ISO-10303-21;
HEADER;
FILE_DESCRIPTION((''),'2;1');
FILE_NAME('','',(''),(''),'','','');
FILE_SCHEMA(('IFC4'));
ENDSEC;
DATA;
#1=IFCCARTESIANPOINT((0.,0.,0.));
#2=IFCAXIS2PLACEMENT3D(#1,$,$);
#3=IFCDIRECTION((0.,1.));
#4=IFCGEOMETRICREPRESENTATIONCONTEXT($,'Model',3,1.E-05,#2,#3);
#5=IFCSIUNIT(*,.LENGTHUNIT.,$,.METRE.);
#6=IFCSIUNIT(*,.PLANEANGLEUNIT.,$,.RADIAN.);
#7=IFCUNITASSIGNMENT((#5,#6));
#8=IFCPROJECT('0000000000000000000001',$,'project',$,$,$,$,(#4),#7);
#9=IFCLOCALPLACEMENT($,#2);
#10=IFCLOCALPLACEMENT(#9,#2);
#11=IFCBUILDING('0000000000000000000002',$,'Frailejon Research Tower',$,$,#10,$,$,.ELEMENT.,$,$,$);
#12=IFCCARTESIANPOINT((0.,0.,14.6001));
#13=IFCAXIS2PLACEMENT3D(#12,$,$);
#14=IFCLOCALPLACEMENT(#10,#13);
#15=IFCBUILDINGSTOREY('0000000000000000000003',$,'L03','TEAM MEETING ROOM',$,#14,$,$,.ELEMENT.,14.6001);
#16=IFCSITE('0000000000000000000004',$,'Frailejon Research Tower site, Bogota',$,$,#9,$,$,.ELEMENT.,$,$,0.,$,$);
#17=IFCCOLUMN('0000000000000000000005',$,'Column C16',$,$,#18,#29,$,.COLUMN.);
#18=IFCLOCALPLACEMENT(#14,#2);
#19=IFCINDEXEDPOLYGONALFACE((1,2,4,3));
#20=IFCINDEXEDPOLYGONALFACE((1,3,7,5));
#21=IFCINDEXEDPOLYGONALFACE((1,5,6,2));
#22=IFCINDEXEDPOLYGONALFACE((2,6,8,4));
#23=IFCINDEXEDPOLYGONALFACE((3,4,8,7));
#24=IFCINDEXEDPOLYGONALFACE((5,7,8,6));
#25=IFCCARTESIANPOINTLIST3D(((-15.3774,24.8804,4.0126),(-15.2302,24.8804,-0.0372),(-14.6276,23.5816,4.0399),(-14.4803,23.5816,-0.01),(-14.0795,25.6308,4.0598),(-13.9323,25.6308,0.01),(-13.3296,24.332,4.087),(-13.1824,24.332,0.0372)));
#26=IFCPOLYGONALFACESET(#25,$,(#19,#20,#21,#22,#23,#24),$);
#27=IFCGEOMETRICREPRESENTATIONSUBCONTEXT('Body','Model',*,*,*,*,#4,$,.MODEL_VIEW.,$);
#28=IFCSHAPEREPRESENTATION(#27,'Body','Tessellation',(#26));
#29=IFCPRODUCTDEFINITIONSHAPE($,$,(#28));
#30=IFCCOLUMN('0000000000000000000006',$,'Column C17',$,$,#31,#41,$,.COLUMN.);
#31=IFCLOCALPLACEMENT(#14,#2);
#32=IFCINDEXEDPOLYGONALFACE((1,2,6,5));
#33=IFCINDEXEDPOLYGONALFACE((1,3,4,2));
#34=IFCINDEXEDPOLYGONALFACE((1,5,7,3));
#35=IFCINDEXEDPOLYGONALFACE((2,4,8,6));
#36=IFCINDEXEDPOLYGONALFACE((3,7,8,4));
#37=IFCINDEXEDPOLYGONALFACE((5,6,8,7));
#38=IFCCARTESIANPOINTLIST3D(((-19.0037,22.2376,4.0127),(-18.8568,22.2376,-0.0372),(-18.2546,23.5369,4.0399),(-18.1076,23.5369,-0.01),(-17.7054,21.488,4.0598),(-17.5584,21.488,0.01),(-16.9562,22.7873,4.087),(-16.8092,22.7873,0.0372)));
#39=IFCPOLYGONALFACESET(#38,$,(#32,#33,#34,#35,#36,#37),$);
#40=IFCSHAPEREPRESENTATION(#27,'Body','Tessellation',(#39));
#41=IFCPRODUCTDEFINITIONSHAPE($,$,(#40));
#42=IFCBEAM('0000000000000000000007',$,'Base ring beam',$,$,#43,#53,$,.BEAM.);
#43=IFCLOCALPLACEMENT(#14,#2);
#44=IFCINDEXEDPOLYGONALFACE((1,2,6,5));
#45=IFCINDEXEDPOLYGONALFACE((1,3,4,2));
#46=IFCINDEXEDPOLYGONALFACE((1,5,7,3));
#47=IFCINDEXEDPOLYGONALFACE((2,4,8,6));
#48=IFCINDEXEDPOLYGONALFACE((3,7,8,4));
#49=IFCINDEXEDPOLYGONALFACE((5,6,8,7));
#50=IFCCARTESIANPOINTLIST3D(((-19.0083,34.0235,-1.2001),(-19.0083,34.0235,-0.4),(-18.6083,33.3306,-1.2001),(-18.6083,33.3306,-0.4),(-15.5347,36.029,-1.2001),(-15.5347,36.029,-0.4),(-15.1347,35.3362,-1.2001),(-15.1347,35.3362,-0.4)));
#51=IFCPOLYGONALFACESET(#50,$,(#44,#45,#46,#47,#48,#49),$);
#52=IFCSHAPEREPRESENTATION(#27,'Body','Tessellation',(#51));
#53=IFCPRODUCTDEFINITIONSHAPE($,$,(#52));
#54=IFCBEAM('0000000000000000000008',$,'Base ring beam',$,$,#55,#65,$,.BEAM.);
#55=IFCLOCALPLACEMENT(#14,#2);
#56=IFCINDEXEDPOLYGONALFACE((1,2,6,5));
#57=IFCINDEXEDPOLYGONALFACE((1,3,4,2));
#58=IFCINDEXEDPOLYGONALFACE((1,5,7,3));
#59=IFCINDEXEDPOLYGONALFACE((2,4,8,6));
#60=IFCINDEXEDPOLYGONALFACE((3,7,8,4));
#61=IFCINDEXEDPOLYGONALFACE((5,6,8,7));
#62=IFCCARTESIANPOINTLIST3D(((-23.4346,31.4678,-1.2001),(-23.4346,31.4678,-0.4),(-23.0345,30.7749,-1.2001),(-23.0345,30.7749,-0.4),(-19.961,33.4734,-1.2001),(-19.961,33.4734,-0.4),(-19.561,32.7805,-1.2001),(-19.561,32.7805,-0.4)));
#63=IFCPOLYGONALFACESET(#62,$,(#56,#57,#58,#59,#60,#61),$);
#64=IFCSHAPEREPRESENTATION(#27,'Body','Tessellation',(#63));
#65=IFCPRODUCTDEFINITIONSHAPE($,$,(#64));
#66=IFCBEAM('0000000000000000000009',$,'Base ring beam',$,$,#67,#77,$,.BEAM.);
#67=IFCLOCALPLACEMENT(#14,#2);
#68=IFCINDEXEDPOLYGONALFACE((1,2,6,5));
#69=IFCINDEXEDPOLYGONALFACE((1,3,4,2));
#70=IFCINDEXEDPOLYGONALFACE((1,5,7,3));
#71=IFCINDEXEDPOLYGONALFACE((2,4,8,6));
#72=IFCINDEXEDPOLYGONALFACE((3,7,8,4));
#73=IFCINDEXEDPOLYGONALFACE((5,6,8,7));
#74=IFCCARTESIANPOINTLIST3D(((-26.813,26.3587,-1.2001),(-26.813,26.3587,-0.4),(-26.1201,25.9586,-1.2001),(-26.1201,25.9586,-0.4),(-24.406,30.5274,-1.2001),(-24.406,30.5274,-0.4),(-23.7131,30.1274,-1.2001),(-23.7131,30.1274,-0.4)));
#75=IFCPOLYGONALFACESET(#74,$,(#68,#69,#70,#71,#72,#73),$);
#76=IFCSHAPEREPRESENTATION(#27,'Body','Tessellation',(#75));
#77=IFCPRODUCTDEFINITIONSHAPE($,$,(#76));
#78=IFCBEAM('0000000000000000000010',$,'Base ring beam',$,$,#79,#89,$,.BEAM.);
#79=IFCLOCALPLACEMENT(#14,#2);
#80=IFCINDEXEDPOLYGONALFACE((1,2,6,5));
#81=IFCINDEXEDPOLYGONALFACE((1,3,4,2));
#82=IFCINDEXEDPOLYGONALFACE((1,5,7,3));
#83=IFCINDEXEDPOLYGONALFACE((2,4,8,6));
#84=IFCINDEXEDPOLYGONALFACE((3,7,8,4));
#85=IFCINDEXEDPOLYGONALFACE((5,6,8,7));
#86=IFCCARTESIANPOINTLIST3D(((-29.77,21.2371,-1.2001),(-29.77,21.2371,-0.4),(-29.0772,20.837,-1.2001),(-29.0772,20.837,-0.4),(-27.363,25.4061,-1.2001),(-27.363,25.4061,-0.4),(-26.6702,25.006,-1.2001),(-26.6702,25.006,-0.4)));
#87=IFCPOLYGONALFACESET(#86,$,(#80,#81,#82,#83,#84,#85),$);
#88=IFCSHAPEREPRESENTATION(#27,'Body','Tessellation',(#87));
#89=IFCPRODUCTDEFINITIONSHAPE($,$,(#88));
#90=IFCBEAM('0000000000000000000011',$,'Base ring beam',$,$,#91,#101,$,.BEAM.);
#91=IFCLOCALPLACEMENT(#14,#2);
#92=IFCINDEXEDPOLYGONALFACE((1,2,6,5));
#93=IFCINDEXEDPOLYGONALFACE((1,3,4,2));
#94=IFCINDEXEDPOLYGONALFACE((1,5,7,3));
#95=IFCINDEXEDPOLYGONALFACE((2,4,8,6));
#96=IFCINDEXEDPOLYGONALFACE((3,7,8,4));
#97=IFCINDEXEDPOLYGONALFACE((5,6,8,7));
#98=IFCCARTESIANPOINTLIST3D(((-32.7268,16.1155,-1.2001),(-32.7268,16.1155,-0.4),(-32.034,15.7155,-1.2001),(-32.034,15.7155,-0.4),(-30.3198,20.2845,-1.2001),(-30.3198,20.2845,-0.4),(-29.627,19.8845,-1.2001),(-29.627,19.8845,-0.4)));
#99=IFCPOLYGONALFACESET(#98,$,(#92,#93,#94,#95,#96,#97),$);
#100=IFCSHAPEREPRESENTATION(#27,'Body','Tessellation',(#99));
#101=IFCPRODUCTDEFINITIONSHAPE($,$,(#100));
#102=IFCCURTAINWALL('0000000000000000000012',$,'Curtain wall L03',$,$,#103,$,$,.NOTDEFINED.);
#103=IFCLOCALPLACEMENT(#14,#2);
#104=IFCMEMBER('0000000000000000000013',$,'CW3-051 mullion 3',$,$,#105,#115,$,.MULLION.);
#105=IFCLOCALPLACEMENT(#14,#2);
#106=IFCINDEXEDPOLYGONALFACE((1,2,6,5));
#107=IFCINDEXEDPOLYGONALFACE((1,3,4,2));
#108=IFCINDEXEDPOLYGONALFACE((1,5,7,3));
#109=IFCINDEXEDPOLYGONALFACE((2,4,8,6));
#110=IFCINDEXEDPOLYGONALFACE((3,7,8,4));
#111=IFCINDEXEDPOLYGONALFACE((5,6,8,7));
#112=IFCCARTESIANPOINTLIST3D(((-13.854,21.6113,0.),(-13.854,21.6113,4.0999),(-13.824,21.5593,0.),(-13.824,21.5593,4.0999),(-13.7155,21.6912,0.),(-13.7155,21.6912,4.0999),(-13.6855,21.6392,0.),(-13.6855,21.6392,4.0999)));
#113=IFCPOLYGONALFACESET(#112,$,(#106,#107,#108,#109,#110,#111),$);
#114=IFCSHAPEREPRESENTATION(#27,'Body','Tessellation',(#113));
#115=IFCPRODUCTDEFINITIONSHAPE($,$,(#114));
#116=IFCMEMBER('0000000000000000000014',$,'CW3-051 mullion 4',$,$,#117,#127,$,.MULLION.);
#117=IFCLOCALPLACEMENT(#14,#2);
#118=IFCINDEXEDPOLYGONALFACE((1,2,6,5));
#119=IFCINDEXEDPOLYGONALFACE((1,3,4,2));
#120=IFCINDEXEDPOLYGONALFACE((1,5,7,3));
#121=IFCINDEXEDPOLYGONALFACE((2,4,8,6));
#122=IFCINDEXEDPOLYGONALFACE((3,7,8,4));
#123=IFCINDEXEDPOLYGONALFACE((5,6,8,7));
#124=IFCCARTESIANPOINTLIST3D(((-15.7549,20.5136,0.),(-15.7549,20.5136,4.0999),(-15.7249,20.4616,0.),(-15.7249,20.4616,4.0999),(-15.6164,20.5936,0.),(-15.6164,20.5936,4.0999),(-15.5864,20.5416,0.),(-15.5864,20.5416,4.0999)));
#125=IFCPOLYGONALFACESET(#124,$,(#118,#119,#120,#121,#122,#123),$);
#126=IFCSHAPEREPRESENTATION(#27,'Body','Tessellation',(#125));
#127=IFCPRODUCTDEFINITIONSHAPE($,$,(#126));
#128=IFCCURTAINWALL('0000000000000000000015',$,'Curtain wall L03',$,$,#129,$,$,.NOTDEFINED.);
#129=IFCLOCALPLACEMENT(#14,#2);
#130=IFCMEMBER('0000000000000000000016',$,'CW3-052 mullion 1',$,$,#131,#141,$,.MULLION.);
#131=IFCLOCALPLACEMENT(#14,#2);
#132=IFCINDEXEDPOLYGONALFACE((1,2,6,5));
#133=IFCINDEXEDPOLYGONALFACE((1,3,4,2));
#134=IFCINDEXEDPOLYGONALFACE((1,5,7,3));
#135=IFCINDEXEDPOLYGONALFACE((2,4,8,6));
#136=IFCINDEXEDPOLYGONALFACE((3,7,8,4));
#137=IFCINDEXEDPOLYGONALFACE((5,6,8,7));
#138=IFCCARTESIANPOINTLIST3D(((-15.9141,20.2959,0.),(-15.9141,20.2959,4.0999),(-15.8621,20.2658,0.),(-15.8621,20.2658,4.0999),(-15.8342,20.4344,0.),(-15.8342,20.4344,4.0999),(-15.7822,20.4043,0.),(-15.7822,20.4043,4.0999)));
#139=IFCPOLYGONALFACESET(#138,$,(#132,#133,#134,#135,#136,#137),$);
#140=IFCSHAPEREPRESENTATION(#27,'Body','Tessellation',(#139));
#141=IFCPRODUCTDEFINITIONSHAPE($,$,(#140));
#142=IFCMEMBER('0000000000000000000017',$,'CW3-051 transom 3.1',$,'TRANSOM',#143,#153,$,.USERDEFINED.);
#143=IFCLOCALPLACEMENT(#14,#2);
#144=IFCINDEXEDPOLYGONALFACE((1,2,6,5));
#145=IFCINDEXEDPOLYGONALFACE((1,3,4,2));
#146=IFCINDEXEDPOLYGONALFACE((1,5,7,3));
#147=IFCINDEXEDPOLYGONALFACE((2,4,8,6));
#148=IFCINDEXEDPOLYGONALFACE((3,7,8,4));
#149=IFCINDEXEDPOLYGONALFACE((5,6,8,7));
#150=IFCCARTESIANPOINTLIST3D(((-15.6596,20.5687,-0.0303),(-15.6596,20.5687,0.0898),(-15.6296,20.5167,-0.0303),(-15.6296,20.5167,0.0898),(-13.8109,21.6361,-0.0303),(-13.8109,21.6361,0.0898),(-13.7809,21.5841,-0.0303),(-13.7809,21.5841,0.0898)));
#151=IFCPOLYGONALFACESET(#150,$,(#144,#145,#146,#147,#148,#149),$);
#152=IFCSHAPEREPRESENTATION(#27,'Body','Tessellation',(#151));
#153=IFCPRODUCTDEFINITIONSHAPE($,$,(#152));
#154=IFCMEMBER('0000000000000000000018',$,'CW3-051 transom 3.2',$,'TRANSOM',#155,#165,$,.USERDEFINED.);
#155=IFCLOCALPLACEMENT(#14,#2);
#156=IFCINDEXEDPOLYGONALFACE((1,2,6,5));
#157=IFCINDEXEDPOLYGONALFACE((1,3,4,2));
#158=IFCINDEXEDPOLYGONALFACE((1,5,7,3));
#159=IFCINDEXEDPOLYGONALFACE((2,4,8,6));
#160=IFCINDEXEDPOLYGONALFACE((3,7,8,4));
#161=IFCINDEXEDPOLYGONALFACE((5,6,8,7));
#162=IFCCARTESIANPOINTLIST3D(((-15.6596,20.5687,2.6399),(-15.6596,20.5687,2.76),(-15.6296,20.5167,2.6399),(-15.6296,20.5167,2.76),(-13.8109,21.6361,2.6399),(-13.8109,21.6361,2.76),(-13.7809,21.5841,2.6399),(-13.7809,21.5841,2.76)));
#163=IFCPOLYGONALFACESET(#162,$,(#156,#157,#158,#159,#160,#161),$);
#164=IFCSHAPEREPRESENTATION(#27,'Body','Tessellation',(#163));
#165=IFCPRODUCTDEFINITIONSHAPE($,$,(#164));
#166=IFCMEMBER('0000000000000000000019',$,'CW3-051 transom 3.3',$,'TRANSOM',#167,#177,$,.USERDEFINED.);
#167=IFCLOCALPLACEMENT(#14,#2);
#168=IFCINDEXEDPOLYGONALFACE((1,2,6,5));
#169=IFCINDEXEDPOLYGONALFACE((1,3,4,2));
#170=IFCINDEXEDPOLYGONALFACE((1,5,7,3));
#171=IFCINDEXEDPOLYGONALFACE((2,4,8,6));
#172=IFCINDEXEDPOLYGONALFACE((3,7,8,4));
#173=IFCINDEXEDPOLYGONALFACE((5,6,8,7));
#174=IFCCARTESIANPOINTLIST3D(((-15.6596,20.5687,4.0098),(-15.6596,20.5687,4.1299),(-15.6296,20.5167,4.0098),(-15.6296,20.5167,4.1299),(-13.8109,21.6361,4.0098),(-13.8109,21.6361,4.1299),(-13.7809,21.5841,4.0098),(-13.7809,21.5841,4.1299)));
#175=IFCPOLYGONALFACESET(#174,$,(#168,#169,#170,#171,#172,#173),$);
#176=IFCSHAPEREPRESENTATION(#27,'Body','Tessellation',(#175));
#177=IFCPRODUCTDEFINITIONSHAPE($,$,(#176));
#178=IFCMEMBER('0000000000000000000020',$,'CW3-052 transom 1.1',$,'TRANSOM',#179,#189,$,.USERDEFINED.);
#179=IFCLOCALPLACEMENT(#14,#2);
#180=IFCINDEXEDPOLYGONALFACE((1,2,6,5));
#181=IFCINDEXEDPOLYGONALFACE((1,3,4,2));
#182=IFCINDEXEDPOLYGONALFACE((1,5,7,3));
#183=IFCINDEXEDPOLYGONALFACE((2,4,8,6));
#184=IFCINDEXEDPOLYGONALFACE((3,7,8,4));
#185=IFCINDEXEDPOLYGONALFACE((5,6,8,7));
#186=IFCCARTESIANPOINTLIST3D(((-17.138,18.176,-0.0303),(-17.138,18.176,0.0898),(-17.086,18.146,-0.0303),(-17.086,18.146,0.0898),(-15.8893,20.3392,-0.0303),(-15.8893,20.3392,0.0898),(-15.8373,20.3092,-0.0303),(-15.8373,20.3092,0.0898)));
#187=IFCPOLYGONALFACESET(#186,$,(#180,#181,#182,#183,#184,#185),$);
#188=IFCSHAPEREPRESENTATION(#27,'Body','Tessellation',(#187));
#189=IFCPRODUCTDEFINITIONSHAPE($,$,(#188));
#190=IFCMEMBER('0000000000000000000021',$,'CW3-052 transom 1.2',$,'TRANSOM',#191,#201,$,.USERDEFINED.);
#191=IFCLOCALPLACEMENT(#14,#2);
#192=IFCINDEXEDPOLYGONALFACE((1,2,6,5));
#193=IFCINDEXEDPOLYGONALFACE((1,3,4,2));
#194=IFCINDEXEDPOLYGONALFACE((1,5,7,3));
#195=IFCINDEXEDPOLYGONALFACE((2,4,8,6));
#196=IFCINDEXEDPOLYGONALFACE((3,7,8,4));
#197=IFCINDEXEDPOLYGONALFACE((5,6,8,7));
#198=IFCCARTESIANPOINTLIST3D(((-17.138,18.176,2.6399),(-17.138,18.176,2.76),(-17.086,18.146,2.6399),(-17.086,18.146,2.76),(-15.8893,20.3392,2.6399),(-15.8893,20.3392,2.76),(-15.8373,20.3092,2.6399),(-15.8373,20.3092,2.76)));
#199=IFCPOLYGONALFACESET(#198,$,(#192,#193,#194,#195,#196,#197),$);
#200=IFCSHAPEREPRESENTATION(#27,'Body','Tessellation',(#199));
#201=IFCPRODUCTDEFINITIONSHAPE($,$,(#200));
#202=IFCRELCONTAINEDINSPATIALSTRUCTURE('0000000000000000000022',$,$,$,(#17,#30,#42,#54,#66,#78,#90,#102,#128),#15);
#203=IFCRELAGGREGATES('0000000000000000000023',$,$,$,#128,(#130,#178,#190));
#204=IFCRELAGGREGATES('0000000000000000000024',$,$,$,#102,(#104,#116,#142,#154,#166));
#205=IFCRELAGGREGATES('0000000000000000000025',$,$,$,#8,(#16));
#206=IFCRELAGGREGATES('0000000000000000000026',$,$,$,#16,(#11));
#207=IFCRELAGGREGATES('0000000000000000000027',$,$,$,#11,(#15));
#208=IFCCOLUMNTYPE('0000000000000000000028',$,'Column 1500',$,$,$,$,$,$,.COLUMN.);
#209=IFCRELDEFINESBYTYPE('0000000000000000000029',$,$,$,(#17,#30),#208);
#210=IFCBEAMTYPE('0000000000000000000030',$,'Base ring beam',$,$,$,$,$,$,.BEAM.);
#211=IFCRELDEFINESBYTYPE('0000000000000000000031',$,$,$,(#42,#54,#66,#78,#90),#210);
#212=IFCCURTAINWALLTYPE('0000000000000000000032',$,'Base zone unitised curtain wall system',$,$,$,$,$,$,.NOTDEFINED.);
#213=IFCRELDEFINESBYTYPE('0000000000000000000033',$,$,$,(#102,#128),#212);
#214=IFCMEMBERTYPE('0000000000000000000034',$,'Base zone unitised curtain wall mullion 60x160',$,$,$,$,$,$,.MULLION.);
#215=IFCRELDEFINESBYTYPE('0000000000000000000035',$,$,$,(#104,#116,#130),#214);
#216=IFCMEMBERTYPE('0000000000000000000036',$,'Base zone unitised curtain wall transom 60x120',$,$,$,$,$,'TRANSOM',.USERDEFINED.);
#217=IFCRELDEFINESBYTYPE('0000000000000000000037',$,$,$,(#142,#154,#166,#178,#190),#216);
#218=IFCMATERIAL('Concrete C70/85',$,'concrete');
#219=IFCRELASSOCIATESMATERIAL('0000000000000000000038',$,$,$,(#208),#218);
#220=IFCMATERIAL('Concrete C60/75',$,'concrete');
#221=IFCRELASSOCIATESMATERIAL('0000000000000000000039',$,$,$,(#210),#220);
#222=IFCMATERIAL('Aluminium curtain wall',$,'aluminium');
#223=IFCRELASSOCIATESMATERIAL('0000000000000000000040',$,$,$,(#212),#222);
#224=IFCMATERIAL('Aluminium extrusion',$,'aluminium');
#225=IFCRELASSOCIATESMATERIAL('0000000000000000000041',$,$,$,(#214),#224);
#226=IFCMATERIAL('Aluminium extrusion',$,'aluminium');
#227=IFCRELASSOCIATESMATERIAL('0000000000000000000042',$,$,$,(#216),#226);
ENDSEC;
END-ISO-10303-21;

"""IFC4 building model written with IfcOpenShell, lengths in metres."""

from ifc_helpers import new_model, si_unit, direction, frame, origin, origin_2d, place, context, subcontext, project, spatial, rectangle, extrude, material, material_profile, profile_set, type_object, element, aggregate, save


model = new_model("IFC4")

# Units and contexts
model_context = context("Model", 3, precision=1e-05, world=origin(), true_north=direction((0.0, 1.0)))
body_context = subcontext(model_context, "Body", "Model", "MODEL_VIEW")
ifc_project = project(units=[si_unit("LENGTHUNIT", "METRE"), si_unit("PLANEANGLEUNIT", "RADIAN")], contexts=[model_context])

# Site, building, storey
site_placement = place(None, origin())
site = spatial("IfcSite", under=ifc_project, at=site_placement, Name="Frailejon Research Tower site, Bogota", CompositionType="ELEMENT", RefElevation=0.0)
building_placement = place(site_placement, origin())
building = spatial("IfcBuilding", under=site, at=building_placement, Name="Frailejon Research Tower", CompositionType="ELEMENT")
storey_placement = place(building_placement, frame((0.0, 0.0, 14.6001)))
storey = spatial("IfcBuildingStorey", under=building, at=storey_placement, Name="L03", Description="TEAM MEETING ROOM", CompositionType="ELEMENT", Elevation=14.6001)

# Columns
ifc_material_1 = material(Name="Concrete C70/85", Category="concrete")
ifc_material_profile_1 = material_profile(ifc_material_1, rectangle(XDim=1.5, YDim=1.5, at=origin_2d()), Name="Column 1500")
ifc_profile_set_1 = profile_set([ifc_material_profile_1], Name="Concrete C70/85")
column_type = type_object("IfcColumnType", Name="Column 1500", PredefinedType="COLUMN", material=ifc_profile_set_1)
for number, where, z_axis, x_axis, name in (
    (1, (-14.2063, 24.6062, 0.0), (-0.036328, 0.0, 0.99934), (-0.865312, -0.500246, -0.031455), "Column C16"),
    (2, (-17.833, 22.5125, 0.0), (-0.036267, 0.0, 0.999342), (-0.499425, -0.866168, -0.018125), "Column C17"),
):
    element("IfcColumn", number, at=place(storey_placement, frame(where, z_axis=z_axis, x_axis=x_axis)), inside=storey, type_object=column_type, Name=name, PredefinedType="COLUMN", context=body_context, shape_type="SweptSolid", body=[
        extrude(rectangle(XDim=1.5, YDim=1.5, at=origin_2d()), origin(), (0.0, 0.0, 1.0), 4.0525),
    ])

# Beams
ifc_material_2 = material(Name="Concrete C60/75", Category="concrete")
ifc_material_profile_2 = material_profile(ifc_material_2, rectangle(XDim=0.8, YDim=0.8, at=origin_2d()), Name="Base ring beam")
ifc_profile_set_2 = profile_set([ifc_material_profile_2], Name="Concrete C60/75")
beam_type_1 = type_object("IfcBeamType", Name="Base ring beam", PredefinedType="BEAM", material=ifc_profile_set_2)
for number, where, z_axis, x_axis, name in (
    (3, (-15.3347, 35.6826, -0.8), (-0.866013, -0.500021, 0.0), (0.500021, -0.866013, 0.0), "Base ring beam"),
    (4, (-19.761, 33.127, -0.8), (-0.866013, -0.500021, 0.0), (0.500021, -0.866013, 0.0), "Base ring beam"),
):
    element("IfcBeam", number, at=place(storey_placement, frame(where, z_axis=z_axis, x_axis=x_axis)), inside=storey, type_object=beam_type_1, Name=name, PredefinedType="BEAM", context=body_context, shape_type="SweptSolid", body=[
        extrude(rectangle(XDim=0.8, YDim=0.8, at=origin_2d()), origin(), (0.0, 0.0, 1.0), 4.011),
    ])
beam_1_placement = place(storey_placement, frame((-24.0596, 30.3274, -0.8), z_axis=(-0.500028, -0.866009, 0.0), x_axis=(0.866009, -0.500028, 0.0)))
element("IfcBeam", 5, at=beam_1_placement, inside=storey, type_object=beam_type_1, Name="Base ring beam", PredefinedType="BEAM", context=body_context, shape_type="SweptSolid", body=[
    extrude(rectangle(XDim=0.8, YDim=0.8, at=origin_2d()), origin(), (0.0, 0.0, 1.0), 4.8137),
])
for number, where, z_axis, x_axis, name in (
    (6, (-27.0166, 25.2061, -0.8), (-0.500006, -0.866022, 0.0), (0.866022, -0.500006, 0.0), "Base ring beam"),
    (7, (-29.9734, 20.0845, -0.8), (-0.500006, -0.866022, 0.0), (0.866022, -0.500006, 0.0), "Base ring beam"),
):
    element("IfcBeam", number, at=place(storey_placement, frame(where, z_axis=z_axis, x_axis=x_axis)), inside=storey, type_object=beam_type_1, Name=name, PredefinedType="BEAM", context=body_context, shape_type="SweptSolid", body=[
        extrude(rectangle(XDim=0.8, YDim=0.8, at=origin_2d()), origin(), (0.0, 0.0, 1.0), 4.814),
    ])

# Curtain wall, members
ifc_material_3 = material(Name="Aluminium curtain wall", Category="aluminium")
curtain_wall_type = type_object("IfcCurtainWallType", Name="Base zone unitised curtain wall system", PredefinedType="NOTDEFINED", material=ifc_material_3)
curtain_wall_1_placement = place(storey_placement, origin())
curtain_wall_1 = element("IfcCurtainWall", 8, at=curtain_wall_1_placement, inside=storey, type_object=curtain_wall_type, Name="Curtain wall L03", PredefinedType="NOTDEFINED")
ifc_material_4 = material(Name="Aluminium extrusion", Category="aluminium")
ifc_material_profile_3 = material_profile(ifc_material_4, rectangle(XDim=0.0601, YDim=0.1599, at=origin_2d()), Name="Base zone unitised curtain wall mullion 60x160")
ifc_profile_set_3 = profile_set([ifc_material_profile_3], Name="Aluminium extrusion")
member_type_1 = type_object("IfcMemberType", Name="Base zone unitised curtain wall mullion 60x160", PredefinedType="MULLION", material=ifc_profile_set_3)
member_1_placement = place(storey_placement, frame((-13.7698, 21.6252, 0.0), z_axis=(0.0, 0.0, 1.0), x_axis=(0.499998, -0.866026, 0.0)))
member_1 = element("IfcMember", 9, at=member_1_placement, type_object=member_type_1, Name="CW3-051 mullion 3", PredefinedType="MULLION", context=body_context, shape_type="SweptSolid", body=[
    extrude(rectangle(XDim=0.0601, YDim=0.1599, at=origin_2d()), origin(), (0.0, 0.0, 1.0), 4.0999),
])
member_2_placement = place(storey_placement, frame((-15.6707, 20.5276, 0.0), z_axis=(0.0, 0.0, 1.0), x_axis=(0.499998, -0.866026, 0.0)))
member_2 = element("IfcMember", 10, at=member_2_placement, type_object=member_type_1, Name="CW3-051 mullion 4", PredefinedType="MULLION", context=body_context, shape_type="SweptSolid", body=[
    extrude(rectangle(XDim=0.0601, YDim=0.1599, at=origin_2d()), origin(), (0.0, 0.0, 1.0), 4.0999),
])

# Curtain wall, member
curtain_wall_2_placement = place(storey_placement, origin())
curtain_wall_2 = element("IfcCurtainWall", 11, at=curtain_wall_2_placement, inside=storey, type_object=curtain_wall_type, Name="Curtain wall L03", PredefinedType="NOTDEFINED")
member_3_placement = place(storey_placement, frame((-15.8481, 20.3501, 0.0), z_axis=(0.0, 0.0, 1.0), x_axis=(0.866029, -0.499993, 0.0)))
member_3 = element("IfcMember", 12, at=member_3_placement, type_object=member_type_1, Name="CW3-052 mullion 1", PredefinedType="MULLION", context=body_context, shape_type="SweptSolid", body=[
    extrude(rectangle(XDim=0.0601, YDim=0.1599, at=origin_2d()), origin(), (0.0, 0.0, 1.0), 4.0999),
])

# Members
ifc_material_5 = material(Name="Aluminium extrusion", Category="aluminium")
ifc_material_profile_4 = material_profile(ifc_material_5, rectangle(XDim=0.0601, YDim=0.1201, at=origin_2d()), Name="Base zone unitised curtain wall transom 60x120")
ifc_profile_set_4 = profile_set([ifc_material_profile_4], Name="Aluminium extrusion")
member_type_2 = type_object("IfcMemberType", Name="Base zone unitised curtain wall transom 60x120", ElementType="TRANSOM", PredefinedType="USERDEFINED", material=ifc_profile_set_4)
member_4_placement = place(storey_placement, frame((-13.7959, 21.6101, 0.0298), z_axis=(-0.86601, -0.500026, 0.0), x_axis=(0.500026, -0.86601, 0.0)))
member_4 = element("IfcMember", 13, at=member_4_placement, type_object=member_type_2, Name="CW3-051 transom 3.1", ObjectType="TRANSOM", PredefinedType="USERDEFINED", context=body_context, shape_type="SweptSolid", body=[
    extrude(rectangle(XDim=0.0601, YDim=0.1201, at=origin_2d()), origin(), (0.0, 0.0, 1.0), 2.1348),
])
member_5_placement = place(storey_placement, frame((-13.7959, 21.6101, 2.7), z_axis=(-0.86601, -0.500026, 0.0), x_axis=(0.500026, -0.86601, 0.0)))
member_5 = element("IfcMember", 14, at=member_5_placement, type_object=member_type_2, Name="CW3-051 transom 3.2", ObjectType="TRANSOM", PredefinedType="USERDEFINED", context=body_context, shape_type="SweptSolid", body=[
    extrude(rectangle(XDim=0.0601, YDim=0.1201, at=origin_2d()), origin(), (0.0, 0.0, 1.0), 2.1348),
])
member_6_placement = place(storey_placement, frame((-13.7959, 21.6101, 4.0698), z_axis=(-0.86601, -0.500026, 0.0), x_axis=(0.500026, -0.86601, 0.0)))
member_6 = element("IfcMember", 15, at=member_6_placement, type_object=member_type_2, Name="CW3-051 transom 3.3", ObjectType="TRANSOM", PredefinedType="USERDEFINED", context=body_context, shape_type="SweptSolid", body=[
    extrude(rectangle(XDim=0.0601, YDim=0.1201, at=origin_2d()), origin(), (0.0, 0.0, 1.0), 2.1348),
])
member_7_placement = place(storey_placement, frame((-15.8633, 20.3242, 0.0298), z_axis=(-0.499934, -0.866064, 0.0), x_axis=(0.866064, -0.499934, 0.0)))
member_7 = element("IfcMember", 16, at=member_7_placement, type_object=member_type_2, Name="CW3-052 transom 1.1", ObjectType="TRANSOM", PredefinedType="USERDEFINED", context=body_context, shape_type="SweptSolid", body=[
    extrude(rectangle(XDim=0.0601, YDim=0.1201, at=origin_2d()), origin(), (0.0, 0.0, 1.0), 2.4978),
])
member_8_placement = place(storey_placement, frame((-15.8633, 20.3242, 2.7), z_axis=(-0.499934, -0.866064, 0.0), x_axis=(0.866064, -0.499934, 0.0)))
member_8 = element("IfcMember", 17, at=member_8_placement, type_object=member_type_2, Name="CW3-052 transom 1.2", ObjectType="TRANSOM", PredefinedType="USERDEFINED", context=body_context, shape_type="SweptSolid", body=[
    extrude(rectangle(XDim=0.0601, YDim=0.1201, at=origin_2d()), origin(), (0.0, 0.0, 1.0), 2.4978),
])
aggregate(curtain_wall_2, [member_3, member_7, member_8])

aggregate(curtain_wall_1, [member_1, member_2, member_4, member_5, member_6])

save(model, "model.ifc")
